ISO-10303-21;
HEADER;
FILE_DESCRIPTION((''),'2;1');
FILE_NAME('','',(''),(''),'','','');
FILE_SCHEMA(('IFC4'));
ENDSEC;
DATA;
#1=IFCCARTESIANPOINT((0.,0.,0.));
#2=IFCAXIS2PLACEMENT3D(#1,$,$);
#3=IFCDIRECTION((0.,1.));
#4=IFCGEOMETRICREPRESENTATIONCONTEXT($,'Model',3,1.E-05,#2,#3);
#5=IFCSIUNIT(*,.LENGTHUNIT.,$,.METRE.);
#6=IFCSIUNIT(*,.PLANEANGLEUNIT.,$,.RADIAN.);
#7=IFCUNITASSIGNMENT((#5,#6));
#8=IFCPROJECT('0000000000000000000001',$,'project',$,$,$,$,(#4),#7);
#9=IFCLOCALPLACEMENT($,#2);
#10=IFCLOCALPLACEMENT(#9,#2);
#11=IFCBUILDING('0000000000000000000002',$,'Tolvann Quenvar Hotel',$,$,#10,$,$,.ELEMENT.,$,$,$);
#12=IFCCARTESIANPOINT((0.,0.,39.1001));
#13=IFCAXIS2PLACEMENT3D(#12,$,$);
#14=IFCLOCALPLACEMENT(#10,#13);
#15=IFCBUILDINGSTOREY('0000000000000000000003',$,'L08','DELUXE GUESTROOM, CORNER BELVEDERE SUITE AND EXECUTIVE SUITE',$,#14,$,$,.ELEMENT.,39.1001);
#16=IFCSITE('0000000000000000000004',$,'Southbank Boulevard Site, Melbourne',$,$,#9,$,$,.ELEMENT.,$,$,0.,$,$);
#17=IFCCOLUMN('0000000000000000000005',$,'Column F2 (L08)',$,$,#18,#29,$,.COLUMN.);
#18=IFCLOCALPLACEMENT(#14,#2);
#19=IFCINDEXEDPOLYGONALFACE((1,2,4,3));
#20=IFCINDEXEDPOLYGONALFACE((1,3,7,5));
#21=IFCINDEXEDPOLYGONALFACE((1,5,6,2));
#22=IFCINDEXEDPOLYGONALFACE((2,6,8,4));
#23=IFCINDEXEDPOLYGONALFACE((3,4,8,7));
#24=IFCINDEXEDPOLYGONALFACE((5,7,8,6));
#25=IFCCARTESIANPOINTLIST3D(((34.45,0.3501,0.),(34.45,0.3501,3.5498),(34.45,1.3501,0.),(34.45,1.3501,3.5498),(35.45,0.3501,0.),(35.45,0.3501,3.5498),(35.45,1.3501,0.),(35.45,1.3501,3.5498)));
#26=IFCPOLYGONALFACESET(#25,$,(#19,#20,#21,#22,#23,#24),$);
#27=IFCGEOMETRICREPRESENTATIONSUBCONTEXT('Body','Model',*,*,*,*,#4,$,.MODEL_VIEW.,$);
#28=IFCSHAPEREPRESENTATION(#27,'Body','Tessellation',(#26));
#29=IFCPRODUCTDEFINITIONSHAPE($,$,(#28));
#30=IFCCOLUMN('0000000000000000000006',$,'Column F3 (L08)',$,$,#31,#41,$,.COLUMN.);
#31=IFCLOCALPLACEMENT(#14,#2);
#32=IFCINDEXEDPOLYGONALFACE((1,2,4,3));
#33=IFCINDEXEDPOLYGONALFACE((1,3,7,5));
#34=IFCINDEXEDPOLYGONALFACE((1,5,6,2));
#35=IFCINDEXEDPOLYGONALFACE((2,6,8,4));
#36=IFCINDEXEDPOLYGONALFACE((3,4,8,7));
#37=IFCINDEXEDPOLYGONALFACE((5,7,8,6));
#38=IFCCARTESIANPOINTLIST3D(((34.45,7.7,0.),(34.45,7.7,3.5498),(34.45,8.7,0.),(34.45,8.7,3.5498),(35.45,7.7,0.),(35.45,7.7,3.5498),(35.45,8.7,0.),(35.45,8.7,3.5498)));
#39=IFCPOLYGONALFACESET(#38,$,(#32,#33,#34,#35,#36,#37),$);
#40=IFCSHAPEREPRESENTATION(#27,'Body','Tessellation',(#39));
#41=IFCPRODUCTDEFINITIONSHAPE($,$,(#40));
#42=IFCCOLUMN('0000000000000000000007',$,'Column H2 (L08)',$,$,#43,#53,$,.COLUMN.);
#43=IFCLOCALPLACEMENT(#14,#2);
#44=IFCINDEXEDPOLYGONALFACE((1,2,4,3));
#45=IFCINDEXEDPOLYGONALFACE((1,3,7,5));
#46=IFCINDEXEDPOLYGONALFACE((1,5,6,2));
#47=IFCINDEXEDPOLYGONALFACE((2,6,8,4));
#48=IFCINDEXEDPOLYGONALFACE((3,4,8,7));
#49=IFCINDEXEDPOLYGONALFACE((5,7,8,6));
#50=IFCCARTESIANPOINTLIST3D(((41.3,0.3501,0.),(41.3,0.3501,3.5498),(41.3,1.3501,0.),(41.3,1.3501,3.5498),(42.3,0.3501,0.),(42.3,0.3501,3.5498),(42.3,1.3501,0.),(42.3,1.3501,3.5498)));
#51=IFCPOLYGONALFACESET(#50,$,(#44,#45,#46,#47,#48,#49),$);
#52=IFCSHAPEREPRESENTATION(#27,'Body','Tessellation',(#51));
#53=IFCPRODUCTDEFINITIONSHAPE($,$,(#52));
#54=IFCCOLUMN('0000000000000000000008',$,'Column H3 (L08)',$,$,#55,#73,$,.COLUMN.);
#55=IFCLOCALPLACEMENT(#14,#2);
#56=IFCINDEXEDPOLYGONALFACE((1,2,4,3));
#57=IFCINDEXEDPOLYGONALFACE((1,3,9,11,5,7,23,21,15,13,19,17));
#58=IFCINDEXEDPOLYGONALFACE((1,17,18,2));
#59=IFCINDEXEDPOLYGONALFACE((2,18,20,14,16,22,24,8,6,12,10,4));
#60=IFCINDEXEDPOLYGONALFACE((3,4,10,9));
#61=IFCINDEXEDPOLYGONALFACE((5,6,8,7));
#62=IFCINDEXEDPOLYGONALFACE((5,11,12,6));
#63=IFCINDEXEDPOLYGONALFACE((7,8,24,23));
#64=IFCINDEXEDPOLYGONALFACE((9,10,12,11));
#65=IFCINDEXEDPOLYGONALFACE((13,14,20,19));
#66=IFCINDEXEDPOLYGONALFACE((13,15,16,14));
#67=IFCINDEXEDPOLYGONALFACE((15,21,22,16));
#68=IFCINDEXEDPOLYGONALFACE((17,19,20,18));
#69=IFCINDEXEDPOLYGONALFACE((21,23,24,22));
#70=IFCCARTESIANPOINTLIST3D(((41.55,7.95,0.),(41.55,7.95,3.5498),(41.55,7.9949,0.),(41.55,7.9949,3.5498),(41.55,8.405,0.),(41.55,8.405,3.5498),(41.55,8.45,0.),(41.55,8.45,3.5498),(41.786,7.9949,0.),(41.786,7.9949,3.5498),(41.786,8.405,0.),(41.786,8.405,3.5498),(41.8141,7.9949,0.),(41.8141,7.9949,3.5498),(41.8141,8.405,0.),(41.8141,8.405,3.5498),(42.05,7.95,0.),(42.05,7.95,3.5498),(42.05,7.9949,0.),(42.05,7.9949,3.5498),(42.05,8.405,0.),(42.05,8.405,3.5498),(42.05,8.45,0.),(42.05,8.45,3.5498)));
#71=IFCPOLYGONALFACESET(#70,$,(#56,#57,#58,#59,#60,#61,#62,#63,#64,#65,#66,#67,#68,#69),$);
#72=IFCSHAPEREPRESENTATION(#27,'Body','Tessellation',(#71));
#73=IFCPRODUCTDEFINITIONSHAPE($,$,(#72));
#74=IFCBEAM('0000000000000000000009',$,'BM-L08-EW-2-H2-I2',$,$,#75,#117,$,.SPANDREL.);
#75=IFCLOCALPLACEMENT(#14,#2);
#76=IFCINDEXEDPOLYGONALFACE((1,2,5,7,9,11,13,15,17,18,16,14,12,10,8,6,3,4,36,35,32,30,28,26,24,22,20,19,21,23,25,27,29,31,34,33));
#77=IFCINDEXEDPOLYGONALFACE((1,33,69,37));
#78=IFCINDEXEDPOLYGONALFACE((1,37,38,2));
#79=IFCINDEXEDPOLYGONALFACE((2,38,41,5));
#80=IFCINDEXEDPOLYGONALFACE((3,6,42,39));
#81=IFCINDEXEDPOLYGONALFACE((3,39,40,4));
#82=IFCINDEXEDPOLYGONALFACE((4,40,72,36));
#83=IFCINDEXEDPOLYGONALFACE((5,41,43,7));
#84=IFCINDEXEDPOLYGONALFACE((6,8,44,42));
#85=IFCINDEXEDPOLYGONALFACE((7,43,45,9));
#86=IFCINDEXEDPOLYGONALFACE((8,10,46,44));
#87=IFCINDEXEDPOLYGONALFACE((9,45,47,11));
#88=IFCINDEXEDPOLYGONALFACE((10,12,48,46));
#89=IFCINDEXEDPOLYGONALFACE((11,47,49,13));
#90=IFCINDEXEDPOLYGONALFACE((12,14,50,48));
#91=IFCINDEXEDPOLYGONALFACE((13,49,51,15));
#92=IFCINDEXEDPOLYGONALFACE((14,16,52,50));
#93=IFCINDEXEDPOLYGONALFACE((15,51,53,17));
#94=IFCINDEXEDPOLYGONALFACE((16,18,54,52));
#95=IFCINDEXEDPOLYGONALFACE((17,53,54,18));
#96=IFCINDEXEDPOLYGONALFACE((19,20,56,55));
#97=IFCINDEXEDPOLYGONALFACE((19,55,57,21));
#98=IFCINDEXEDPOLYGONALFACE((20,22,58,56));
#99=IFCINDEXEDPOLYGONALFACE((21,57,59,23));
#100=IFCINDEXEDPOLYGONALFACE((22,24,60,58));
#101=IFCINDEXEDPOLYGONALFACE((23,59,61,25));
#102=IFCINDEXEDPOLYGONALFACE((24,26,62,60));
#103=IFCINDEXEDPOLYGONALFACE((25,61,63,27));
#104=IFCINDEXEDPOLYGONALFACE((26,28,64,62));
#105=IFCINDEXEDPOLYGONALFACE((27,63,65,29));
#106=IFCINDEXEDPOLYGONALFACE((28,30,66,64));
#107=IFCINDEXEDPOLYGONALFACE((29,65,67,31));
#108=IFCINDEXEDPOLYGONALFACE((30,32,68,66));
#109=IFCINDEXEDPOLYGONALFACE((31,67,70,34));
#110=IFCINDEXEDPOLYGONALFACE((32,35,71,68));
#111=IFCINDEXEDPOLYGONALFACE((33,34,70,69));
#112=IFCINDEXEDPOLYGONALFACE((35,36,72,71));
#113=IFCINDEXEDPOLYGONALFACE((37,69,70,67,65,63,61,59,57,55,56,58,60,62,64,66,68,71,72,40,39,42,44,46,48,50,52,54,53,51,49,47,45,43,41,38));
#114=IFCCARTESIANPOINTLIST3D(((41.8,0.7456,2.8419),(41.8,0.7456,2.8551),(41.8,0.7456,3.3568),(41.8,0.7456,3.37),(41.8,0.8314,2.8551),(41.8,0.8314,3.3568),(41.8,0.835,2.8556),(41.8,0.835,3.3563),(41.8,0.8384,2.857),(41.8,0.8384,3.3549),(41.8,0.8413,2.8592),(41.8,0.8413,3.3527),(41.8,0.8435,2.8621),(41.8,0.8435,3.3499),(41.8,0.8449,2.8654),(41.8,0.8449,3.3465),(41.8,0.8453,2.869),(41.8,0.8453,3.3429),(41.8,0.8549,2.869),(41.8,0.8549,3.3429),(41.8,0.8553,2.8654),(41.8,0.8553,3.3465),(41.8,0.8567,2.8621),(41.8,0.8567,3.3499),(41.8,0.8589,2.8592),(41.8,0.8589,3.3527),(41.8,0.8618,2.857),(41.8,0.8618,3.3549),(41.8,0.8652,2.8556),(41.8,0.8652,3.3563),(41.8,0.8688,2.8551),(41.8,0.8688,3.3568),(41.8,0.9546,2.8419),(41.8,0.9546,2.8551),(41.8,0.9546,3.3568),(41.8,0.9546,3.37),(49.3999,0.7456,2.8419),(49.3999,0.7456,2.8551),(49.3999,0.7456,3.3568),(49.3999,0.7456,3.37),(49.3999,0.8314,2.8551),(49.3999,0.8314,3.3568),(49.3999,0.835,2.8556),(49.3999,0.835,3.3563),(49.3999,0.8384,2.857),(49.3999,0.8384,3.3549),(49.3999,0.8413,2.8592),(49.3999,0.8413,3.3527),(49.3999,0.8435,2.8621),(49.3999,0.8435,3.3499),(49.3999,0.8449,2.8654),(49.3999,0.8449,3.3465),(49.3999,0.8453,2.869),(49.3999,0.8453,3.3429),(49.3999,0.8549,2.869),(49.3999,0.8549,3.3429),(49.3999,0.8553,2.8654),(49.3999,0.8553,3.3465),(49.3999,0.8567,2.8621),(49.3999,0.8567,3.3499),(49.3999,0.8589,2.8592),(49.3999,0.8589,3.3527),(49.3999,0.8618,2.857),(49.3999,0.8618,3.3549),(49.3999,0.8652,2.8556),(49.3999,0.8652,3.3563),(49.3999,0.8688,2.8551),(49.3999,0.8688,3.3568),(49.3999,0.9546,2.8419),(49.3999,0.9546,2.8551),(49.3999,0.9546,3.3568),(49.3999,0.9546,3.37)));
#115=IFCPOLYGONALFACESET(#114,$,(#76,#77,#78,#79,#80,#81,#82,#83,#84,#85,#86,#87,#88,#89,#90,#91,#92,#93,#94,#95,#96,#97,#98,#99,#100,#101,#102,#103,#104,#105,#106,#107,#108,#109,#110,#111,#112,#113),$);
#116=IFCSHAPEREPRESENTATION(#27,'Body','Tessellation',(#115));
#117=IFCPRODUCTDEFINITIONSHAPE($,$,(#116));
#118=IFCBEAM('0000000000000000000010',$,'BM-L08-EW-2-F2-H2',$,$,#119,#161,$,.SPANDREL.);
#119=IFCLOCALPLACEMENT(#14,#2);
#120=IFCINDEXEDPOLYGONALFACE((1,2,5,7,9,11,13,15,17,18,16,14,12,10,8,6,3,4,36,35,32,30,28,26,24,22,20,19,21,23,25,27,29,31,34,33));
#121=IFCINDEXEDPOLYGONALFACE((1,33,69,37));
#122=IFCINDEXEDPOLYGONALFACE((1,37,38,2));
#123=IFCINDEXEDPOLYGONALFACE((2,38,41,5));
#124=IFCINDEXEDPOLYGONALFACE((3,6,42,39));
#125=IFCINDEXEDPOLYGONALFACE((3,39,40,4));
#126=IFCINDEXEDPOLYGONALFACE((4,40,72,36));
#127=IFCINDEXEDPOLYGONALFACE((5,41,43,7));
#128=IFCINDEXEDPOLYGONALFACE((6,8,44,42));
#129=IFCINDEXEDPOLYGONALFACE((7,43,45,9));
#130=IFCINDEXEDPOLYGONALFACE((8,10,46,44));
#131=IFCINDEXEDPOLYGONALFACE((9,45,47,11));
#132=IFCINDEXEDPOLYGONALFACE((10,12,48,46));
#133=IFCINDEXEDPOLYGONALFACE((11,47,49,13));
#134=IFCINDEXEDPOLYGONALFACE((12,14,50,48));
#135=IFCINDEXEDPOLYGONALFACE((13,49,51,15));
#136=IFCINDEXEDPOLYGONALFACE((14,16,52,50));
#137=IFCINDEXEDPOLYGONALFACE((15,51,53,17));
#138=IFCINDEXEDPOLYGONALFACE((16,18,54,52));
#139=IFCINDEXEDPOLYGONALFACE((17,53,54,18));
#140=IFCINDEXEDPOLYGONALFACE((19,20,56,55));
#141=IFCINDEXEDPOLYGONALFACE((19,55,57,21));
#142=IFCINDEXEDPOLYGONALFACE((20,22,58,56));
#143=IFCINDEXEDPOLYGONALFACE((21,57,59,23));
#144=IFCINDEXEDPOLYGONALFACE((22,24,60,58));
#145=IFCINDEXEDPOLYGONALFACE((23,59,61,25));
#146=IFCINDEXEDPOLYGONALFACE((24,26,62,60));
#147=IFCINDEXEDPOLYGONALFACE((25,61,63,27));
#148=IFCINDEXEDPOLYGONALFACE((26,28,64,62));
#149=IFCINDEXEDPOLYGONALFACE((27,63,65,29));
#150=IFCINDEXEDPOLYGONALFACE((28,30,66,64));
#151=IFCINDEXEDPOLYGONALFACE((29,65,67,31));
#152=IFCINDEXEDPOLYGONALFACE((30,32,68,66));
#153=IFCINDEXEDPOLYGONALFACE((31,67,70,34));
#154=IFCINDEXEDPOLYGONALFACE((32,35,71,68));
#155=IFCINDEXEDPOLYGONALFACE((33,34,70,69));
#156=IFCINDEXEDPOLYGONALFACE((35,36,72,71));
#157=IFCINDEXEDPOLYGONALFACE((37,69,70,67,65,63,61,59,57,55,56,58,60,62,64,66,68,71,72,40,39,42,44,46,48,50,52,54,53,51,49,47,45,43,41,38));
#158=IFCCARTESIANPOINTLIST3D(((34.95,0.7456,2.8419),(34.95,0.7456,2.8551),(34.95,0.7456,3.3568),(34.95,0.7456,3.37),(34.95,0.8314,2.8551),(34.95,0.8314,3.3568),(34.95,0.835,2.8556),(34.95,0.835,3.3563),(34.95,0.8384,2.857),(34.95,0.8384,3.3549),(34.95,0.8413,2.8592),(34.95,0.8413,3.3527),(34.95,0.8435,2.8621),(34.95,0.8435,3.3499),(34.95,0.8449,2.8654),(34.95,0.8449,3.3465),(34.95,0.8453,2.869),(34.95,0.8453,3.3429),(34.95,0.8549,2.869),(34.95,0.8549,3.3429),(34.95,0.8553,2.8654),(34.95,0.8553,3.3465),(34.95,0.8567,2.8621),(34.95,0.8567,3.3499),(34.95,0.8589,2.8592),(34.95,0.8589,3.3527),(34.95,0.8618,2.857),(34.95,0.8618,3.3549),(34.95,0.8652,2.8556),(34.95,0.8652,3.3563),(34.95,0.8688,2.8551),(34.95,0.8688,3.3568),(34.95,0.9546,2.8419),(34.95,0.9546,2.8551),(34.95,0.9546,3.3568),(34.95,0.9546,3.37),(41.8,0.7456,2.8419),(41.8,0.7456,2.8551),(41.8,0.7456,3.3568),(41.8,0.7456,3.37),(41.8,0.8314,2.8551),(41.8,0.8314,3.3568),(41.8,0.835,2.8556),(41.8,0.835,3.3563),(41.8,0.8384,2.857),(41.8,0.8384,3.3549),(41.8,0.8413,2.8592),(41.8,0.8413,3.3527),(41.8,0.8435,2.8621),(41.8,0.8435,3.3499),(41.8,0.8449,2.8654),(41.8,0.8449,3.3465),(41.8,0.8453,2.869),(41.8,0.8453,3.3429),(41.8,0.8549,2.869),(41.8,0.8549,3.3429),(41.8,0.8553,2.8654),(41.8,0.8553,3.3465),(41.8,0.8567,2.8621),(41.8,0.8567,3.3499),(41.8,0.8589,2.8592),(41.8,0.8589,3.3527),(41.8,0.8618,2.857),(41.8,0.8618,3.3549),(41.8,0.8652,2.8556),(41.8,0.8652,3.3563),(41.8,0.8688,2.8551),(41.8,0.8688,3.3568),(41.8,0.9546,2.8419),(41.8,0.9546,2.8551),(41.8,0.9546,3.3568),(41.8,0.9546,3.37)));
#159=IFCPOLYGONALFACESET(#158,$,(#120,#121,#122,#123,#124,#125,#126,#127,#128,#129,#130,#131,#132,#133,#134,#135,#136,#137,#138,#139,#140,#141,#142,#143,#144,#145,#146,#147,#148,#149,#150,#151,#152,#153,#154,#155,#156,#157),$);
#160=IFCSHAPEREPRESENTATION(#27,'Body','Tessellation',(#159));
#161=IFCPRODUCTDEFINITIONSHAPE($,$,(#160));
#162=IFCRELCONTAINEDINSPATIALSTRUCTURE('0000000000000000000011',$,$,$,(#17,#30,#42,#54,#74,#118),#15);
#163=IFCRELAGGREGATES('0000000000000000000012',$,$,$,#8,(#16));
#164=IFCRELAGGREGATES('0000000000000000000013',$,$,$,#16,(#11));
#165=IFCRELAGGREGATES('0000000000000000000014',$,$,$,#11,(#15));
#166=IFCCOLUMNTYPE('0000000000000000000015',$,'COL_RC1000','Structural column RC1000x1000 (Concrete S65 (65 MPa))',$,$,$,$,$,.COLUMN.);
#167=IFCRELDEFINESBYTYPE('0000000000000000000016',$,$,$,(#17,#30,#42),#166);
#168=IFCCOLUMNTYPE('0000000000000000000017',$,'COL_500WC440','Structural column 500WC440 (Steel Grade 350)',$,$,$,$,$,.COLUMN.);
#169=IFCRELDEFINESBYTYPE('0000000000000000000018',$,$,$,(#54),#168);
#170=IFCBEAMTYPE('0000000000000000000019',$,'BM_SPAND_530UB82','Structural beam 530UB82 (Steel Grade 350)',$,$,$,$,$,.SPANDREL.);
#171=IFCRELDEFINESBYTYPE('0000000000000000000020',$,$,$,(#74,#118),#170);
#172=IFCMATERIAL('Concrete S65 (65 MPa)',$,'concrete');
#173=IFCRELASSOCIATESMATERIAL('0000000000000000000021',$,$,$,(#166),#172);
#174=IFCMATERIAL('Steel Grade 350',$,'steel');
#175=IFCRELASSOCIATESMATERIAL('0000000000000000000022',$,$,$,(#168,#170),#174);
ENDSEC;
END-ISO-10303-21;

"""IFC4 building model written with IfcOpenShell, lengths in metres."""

from ifc_helpers import new_model, si_unit, direction, frame, origin, origin_2d, place, context, subcontext, project, spatial, rectangle, i_section, extrude, source, transform, mapped, material, material_profile, profile_set, type_object, type_shapes, element, save


model = new_model("IFC4")

# Units and contexts
model_context = context("Model", 3, precision=1e-05, world=origin(), true_north=direction((0.0, 1.0)))
body_context = subcontext(model_context, "Body", "Model", "MODEL_VIEW")
ifc_project = project(units=[si_unit("LENGTHUNIT", "METRE"), si_unit("PLANEANGLEUNIT", "RADIAN")], contexts=[model_context])

# Site, building, storey
site_placement = place(None, origin())
site = spatial("IfcSite", under=ifc_project, at=site_placement, Name="Southbank Boulevard Site, Melbourne", CompositionType="ELEMENT", RefElevation=0.0)
building_placement = place(site_placement, origin())
building = spatial("IfcBuilding", under=site, at=building_placement, Name="Tolvann Quenvar Hotel", CompositionType="ELEMENT")
storey_placement = place(building_placement, frame((0.0, 0.0, 39.1001)))
storey = spatial("IfcBuildingStorey", under=building, at=storey_placement, Name="L08", Description="DELUXE GUESTROOM, CORNER BELVEDERE SUITE AND EXECUTIVE SUITE", CompositionType="ELEMENT", Elevation=39.1001)

# Columns
ifc_material_1 = material(Name="Concrete S65 (65 MPa)", Category="concrete")
ifc_material_profile_1 = material_profile(ifc_material_1, rectangle(XDim=1.0, YDim=1.0, at=origin_2d()), Name="RC1000x1000")
ifc_profile_set_1 = profile_set([ifc_material_profile_1], Name="Concrete S65 (65 MPa)")
column_type_1 = type_object("IfcColumnType", Name="COL_RC1000", Description="Structural column RC1000x1000 (Concrete S65 (65 MPa))", PredefinedType="COLUMN", material=ifc_profile_set_1)
shared_shape_1 = source(origin(), body_context, "Body", "SweptSolid", [
    extrude(rectangle(XDim=1.0, YDim=1.0, at=origin_2d()), origin(), (0.0, 0.0, 1.0), 3.5498),
])
type_shapes(column_type_1, [shared_shape_1])
for number, where, z_axis, x_axis, name in (
    (1, (34.95, 0.8501, 0.0), (0.0, 0.0, 1.0), (1.0, 0.0, 0.0), "Column F2 (L08)"),
    (2, (34.95, 8.2, 0.0), (0.0, 0.0, 1.0), (1.0, 0.0, 0.0), "Column F3 (L08)"),
    (3, (41.8, 0.8501, 0.0), (0.0, 0.0, 1.0), (1.0, 0.0, 0.0), "Column H2 (L08)"),
):
    element("IfcColumn", number, at=place(storey_placement, frame(where, z_axis=z_axis, x_axis=x_axis)), inside=storey, type_object=column_type_1, Name=name, PredefinedType="COLUMN", context=body_context, shape_type="MappedRepresentation", body=[
        mapped(shared_shape_1, transform((0.0, 0.0, 0.0), x_axis=(1.0, 0.0, 0.0), y_axis=(0.0, 1.0, 0.0), z_axis=(0.0, 0.0, 1.0), scale=1.0)),
    ])
ifc_material_2 = material(Name="Steel Grade 350", Category="steel")
ifc_material_profile_2 = material_profile(ifc_material_2, i_section(OverallWidth=0.5, OverallDepth=0.5, WebThickness=0.0281, FlangeThickness=0.0449, at=origin_2d()), Name="500WC440")
ifc_profile_set_2 = profile_set([ifc_material_profile_2], Name="Steel Grade 350")
column_type_2 = type_object("IfcColumnType", Name="COL_500WC440", Description="Structural column 500WC440 (Steel Grade 350)", PredefinedType="COLUMN", material=ifc_profile_set_2)
shared_shape_2 = source(origin(), body_context, "Body", "SweptSolid", [
    extrude(i_section(OverallWidth=0.5, OverallDepth=0.5, WebThickness=0.0281, FlangeThickness=0.0449, at=origin_2d()), origin(), (0.0, 0.0, 1.0), 3.5498),
])
type_shapes(column_type_2, [shared_shape_2])
column_placement = place(storey_placement, frame((41.8, 8.2, 0.0), z_axis=(0.0, 0.0, 1.0), x_axis=(1.0, 0.0, 0.0)))
element("IfcColumn", 4, at=column_placement, inside=storey, type_object=column_type_2, Name="Column H3 (L08)", PredefinedType="COLUMN", context=body_context, shape_type="MappedRepresentation", body=[
    mapped(shared_shape_2, transform((0.0, 0.0, 0.0), x_axis=(1.0, 0.0, 0.0), y_axis=(0.0, 1.0, 0.0), z_axis=(0.0, 0.0, 1.0), scale=1.0)),
])

# Beams
ifc_material_profile_3 = material_profile(ifc_material_2, i_section(OverallWidth=0.209, OverallDepth=0.5281, WebThickness=0.0095, FlangeThickness=0.0132, FilletRadius=0.0139, at=origin_2d()), Name="530UB82")
ifc_profile_set_3 = profile_set([ifc_material_profile_3], Name="Steel Grade 350")
beam_type_1 = type_object("IfcBeamType", Name="BM_SPAND_530UB82", Description="Structural beam 530UB82 (Steel Grade 350)", PredefinedType="SPANDREL", material=ifc_profile_set_3)
shared_shape_3 = source(origin(), body_context, "Body", "SweptSolid", [
    extrude(i_section(OverallWidth=0.209, OverallDepth=0.5281, WebThickness=0.0095, FlangeThickness=0.0132, FilletRadius=0.0139, at=origin_2d()), origin(), (0.0, 0.0, 1.0), 7.5999),
])
beam_1_placement = place(storey_placement, frame((41.8, 0.8501, 3.106), z_axis=(1.0, 0.0, 0.0), x_axis=(0.0, 1.0, 0.0)))
element("IfcBeam", 5, at=beam_1_placement, inside=storey, type_object=beam_type_1, Name="BM-L08-EW-2-H2-I2", PredefinedType="SPANDREL", context=body_context, shape_type="MappedRepresentation", body=[
    mapped(shared_shape_3, transform((0.0, 0.0, 0.0), x_axis=(1.0, 0.0, 0.0), y_axis=(0.0, 1.0, 0.0), z_axis=(0.0, 0.0, 1.0), scale=1.0)),
])
shared_shape_4 = source(origin(), body_context, "Body", "SweptSolid", [
    extrude(i_section(OverallWidth=0.209, OverallDepth=0.5281, WebThickness=0.0095, FlangeThickness=0.0132, FilletRadius=0.0139, at=origin_2d()), origin(), (0.0, 0.0, 1.0), 6.8501),
])
type_shapes(beam_type_1, [shared_shape_3, shared_shape_4])
beam_2_placement = place(storey_placement, frame((34.95, 0.8501, 3.106), z_axis=(1.0, 0.0, 0.0), x_axis=(0.0, 1.0, 0.0)))
element("IfcBeam", 6, at=beam_2_placement, inside=storey, type_object=beam_type_1, Name="BM-L08-EW-2-F2-H2", PredefinedType="SPANDREL", context=body_context, shape_type="MappedRepresentation", body=[
    mapped(shared_shape_4, transform((0.0, 0.0, 0.0), x_axis=(1.0, 0.0, 0.0), y_axis=(0.0, 1.0, 0.0), z_axis=(0.0, 0.0, 1.0), scale=1.0)),
])

save(model, "model.ifc")
